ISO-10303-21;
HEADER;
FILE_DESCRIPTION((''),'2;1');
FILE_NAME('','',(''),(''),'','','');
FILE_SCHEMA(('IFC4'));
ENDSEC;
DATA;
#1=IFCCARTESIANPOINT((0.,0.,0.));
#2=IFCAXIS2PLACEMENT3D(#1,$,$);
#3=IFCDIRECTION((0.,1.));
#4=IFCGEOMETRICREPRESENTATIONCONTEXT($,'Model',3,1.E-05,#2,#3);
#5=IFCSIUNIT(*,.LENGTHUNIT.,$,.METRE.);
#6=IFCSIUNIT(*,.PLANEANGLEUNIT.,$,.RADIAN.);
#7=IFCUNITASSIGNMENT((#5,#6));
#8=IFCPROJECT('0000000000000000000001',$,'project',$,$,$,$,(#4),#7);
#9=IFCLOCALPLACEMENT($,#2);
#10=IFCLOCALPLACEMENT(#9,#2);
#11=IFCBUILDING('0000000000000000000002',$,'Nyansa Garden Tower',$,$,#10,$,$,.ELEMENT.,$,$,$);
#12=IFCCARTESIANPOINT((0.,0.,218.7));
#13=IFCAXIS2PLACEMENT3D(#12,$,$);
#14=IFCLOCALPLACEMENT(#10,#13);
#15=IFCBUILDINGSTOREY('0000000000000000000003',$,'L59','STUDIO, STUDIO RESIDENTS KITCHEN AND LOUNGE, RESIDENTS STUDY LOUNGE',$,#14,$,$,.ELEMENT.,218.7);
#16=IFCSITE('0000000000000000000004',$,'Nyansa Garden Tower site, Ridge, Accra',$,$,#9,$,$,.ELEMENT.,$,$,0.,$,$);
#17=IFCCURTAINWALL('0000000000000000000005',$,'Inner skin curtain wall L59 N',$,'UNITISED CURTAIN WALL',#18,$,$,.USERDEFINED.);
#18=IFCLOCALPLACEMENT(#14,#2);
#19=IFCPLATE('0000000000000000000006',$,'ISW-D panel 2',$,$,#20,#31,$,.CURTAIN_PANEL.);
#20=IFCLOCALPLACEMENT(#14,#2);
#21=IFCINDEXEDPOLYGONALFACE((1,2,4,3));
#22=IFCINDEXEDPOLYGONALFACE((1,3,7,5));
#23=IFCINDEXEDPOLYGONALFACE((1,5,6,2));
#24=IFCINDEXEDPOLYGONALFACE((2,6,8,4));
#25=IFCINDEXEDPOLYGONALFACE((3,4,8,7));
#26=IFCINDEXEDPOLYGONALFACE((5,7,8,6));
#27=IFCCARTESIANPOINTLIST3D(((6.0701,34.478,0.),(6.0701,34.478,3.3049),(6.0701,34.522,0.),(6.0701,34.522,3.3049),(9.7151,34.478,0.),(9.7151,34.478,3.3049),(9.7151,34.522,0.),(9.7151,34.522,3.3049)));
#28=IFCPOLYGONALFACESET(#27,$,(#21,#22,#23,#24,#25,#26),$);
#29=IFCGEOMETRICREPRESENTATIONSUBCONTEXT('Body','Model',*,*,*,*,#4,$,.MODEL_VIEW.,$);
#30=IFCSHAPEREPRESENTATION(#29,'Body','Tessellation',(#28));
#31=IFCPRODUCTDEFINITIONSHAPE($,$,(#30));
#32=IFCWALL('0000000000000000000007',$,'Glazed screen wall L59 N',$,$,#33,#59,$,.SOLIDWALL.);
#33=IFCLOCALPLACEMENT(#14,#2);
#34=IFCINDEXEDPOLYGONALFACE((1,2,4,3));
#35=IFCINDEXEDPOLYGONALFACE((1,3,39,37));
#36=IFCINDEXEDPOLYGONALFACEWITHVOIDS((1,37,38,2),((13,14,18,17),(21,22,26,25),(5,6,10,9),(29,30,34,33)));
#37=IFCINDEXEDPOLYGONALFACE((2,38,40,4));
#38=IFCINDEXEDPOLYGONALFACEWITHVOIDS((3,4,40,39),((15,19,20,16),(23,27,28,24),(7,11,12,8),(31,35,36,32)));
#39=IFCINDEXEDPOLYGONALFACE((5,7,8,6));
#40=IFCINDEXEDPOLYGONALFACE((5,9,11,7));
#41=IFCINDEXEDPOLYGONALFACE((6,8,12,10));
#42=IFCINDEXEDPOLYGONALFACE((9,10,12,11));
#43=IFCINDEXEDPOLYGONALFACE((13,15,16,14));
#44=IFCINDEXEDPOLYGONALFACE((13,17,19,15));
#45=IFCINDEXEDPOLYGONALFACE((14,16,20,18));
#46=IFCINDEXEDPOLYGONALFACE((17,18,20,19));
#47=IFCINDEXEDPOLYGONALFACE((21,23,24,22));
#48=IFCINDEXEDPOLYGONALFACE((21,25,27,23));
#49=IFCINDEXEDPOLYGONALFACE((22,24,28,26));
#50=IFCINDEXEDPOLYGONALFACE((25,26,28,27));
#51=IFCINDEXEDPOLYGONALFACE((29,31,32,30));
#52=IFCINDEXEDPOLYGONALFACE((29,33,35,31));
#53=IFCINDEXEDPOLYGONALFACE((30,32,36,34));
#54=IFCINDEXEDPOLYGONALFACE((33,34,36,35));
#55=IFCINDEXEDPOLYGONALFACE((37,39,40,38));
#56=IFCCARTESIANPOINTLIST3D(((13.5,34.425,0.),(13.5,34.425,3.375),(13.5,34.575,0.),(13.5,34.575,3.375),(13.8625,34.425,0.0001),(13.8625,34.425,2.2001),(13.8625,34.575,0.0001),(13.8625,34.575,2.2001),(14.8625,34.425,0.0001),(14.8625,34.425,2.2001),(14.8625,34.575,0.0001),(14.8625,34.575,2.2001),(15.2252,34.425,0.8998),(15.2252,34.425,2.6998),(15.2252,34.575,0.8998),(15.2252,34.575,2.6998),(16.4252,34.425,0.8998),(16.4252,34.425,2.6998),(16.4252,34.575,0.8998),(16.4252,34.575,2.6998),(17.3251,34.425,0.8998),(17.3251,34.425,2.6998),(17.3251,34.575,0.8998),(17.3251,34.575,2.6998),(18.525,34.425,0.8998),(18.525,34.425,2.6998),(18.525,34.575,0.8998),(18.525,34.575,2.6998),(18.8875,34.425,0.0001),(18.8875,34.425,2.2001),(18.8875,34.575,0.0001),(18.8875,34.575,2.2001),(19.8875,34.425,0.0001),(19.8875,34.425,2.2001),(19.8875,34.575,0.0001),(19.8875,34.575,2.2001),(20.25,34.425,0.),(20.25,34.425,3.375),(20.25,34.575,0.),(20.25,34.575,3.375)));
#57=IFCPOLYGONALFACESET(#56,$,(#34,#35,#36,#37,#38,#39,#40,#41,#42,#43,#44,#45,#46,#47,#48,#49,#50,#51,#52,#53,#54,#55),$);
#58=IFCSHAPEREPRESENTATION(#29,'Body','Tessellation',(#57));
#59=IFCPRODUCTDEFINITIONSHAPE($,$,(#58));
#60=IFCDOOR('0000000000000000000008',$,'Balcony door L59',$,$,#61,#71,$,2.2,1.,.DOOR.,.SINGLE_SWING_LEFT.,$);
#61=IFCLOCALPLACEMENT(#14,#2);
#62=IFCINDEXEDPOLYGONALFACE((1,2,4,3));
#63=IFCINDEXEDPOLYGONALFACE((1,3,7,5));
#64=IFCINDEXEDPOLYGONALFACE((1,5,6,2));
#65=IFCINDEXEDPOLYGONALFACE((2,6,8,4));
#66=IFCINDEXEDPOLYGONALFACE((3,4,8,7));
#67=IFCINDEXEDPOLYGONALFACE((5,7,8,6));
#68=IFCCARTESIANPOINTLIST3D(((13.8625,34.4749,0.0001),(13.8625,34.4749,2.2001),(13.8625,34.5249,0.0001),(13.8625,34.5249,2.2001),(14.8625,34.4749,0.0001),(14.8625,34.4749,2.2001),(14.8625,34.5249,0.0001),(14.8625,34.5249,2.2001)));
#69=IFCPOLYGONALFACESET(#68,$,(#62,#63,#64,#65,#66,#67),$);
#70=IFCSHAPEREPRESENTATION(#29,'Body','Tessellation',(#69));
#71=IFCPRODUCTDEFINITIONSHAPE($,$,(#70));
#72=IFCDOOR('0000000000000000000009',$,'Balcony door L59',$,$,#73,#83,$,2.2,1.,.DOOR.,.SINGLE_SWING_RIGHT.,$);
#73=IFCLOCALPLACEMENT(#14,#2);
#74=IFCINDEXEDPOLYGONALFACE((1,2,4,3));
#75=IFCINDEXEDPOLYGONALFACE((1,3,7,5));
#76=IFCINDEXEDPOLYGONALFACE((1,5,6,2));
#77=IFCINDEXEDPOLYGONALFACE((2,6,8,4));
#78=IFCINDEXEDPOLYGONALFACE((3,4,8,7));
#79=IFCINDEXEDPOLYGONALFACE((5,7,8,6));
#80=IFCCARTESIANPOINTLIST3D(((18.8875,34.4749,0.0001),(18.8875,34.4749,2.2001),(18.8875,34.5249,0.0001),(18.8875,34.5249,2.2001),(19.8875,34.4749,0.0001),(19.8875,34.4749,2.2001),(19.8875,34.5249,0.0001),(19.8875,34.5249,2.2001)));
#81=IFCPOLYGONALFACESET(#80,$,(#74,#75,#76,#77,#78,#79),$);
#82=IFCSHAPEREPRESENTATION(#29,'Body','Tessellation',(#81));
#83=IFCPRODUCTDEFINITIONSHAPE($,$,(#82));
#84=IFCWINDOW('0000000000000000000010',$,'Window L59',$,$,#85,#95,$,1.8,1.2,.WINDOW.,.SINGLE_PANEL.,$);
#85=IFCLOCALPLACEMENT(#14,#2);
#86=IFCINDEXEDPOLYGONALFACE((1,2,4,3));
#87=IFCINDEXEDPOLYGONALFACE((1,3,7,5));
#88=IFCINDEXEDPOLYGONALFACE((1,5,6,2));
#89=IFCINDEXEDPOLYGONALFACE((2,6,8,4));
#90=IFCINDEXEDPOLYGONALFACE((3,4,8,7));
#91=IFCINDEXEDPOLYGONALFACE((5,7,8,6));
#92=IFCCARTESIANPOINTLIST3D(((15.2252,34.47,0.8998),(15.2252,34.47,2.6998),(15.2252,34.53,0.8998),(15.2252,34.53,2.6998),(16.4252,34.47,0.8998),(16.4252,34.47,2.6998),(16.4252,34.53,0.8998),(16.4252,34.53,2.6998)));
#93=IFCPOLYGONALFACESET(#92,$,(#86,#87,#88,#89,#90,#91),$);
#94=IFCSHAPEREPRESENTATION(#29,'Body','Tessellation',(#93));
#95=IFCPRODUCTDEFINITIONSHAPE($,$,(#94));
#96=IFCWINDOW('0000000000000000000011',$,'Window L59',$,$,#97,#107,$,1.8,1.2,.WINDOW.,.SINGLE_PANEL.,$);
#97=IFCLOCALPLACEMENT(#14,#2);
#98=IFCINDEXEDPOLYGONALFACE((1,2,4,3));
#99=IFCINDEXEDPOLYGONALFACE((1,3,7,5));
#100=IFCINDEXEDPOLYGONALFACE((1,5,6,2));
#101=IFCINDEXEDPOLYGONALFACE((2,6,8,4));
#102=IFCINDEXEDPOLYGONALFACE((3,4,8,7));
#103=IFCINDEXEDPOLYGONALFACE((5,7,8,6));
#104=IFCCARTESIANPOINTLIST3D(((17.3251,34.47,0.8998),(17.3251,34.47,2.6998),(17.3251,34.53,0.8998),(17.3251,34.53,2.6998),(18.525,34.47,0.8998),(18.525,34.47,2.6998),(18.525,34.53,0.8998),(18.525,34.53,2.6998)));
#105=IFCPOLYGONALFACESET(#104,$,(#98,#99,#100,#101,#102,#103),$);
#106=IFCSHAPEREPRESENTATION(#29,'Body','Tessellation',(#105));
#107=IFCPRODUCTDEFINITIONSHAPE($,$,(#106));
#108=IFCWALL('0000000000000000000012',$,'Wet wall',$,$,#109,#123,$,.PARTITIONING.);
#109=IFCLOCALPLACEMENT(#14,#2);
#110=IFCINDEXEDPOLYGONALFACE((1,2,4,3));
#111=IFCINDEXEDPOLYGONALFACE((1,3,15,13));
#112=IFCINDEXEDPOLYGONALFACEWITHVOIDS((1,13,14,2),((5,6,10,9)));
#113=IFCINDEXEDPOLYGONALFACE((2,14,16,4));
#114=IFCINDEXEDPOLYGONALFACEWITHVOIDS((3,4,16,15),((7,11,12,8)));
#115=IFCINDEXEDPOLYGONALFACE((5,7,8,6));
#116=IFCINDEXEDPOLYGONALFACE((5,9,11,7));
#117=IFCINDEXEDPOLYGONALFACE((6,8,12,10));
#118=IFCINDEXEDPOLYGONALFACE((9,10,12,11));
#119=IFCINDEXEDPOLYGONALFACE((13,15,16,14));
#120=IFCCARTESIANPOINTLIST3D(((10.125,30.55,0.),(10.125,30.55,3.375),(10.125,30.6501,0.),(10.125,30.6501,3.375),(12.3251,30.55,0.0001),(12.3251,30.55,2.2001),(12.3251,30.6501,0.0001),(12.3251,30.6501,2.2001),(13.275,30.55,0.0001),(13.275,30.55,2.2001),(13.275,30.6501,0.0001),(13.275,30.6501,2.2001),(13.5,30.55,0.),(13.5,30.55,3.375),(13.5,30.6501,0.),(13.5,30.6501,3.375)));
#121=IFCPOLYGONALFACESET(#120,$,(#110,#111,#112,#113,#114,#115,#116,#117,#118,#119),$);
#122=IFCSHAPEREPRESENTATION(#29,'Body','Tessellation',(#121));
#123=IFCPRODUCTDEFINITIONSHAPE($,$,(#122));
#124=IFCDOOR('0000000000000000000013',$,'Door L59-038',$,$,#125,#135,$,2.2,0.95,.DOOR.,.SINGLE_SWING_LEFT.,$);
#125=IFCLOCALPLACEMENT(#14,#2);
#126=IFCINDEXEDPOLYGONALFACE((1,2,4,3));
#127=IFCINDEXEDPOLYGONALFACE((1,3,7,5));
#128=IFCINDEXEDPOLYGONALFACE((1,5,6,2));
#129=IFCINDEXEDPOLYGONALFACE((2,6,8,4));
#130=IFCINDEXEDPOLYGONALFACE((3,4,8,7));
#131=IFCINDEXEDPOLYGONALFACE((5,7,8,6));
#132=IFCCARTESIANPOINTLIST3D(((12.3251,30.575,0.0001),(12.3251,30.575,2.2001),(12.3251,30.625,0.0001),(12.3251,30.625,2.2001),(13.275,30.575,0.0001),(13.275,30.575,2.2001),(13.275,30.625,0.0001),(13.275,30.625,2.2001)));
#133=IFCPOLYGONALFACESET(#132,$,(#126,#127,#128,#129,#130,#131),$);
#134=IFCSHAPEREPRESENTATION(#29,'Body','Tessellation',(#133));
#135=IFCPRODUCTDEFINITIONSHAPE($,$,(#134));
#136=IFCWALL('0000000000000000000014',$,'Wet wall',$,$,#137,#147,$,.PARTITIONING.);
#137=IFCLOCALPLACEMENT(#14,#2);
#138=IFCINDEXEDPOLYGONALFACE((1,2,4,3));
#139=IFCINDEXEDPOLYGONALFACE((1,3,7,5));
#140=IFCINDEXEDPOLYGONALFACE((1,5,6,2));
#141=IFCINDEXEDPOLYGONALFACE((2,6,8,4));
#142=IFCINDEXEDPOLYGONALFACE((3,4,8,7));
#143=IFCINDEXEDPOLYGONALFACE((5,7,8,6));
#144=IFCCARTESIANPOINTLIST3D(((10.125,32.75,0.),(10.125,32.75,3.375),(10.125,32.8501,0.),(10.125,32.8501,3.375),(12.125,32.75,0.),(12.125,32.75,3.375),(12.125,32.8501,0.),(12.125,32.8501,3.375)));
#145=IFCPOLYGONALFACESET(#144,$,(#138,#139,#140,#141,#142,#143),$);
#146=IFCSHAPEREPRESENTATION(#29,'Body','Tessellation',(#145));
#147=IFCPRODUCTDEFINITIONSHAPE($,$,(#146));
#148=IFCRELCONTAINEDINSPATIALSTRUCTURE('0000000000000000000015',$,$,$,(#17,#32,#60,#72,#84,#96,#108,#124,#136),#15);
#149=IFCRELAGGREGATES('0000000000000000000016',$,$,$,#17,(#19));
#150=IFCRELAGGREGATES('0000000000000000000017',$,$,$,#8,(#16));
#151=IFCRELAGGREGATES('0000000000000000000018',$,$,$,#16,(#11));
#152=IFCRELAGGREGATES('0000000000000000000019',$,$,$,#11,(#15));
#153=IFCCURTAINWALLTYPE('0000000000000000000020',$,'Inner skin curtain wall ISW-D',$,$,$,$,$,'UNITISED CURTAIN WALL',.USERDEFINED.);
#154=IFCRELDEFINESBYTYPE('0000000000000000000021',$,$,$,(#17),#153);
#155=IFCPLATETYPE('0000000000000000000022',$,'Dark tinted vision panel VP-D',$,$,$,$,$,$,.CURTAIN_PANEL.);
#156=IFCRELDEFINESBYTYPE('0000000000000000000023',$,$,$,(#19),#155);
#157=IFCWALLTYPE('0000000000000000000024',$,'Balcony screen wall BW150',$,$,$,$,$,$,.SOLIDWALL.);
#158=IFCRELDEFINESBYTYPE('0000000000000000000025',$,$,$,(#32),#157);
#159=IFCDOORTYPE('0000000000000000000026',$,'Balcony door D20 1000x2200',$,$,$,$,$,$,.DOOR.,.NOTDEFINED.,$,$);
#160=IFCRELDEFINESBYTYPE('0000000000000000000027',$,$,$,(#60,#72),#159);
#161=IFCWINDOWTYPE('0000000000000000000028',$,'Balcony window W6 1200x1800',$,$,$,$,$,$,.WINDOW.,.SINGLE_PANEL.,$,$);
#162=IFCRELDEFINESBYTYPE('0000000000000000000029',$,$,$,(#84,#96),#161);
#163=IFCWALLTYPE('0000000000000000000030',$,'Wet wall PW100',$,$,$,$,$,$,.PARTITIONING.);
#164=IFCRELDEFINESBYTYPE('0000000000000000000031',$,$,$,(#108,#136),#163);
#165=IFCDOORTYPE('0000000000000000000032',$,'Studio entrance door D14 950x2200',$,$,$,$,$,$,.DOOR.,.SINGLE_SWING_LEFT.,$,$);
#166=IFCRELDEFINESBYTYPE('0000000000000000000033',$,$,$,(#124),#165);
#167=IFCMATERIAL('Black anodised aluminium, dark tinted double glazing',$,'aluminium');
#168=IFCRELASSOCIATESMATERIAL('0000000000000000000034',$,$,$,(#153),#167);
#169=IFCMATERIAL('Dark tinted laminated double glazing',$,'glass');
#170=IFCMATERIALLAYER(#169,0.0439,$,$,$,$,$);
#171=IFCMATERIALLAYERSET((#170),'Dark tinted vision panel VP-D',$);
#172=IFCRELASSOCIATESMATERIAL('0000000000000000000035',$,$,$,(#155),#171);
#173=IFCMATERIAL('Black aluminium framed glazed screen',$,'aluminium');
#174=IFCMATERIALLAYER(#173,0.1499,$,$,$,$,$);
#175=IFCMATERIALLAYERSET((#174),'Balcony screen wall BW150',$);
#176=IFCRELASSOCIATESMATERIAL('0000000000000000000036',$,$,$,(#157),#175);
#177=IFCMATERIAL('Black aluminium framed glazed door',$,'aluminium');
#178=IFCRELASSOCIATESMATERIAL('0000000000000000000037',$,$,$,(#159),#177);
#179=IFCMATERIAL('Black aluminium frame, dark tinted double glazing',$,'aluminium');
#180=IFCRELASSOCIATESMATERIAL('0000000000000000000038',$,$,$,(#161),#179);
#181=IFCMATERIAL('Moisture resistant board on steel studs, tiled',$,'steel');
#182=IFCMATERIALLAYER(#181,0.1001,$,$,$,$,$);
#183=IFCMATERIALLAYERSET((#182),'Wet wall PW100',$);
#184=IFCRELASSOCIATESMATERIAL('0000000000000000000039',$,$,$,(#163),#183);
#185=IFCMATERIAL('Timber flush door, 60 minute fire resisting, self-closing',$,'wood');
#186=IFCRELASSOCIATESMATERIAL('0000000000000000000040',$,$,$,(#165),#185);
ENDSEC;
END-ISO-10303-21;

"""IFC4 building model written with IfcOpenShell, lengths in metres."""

from ifc_helpers import new_model, si_unit, direction, frame, frame_2d, origin, origin_2d, place, context, subcontext, project, spatial, rectangle, extrude, material, layer, layer_set, type_object, element, fill, aggregate, save


model = new_model("IFC4")

# Units and contexts
model_context = context("Model", 3, precision=1e-05, world=origin(), true_north=direction((0.0, 1.0)))
body_context = subcontext(model_context, "Body", "Model", "MODEL_VIEW")
ifc_project = project(units=[si_unit("LENGTHUNIT", "METRE"), si_unit("PLANEANGLEUNIT", "RADIAN")], contexts=[model_context])

# Site, building, storey
site_placement = place(None, origin())
site = spatial("IfcSite", under=ifc_project, at=site_placement, Name="Nyansa Garden Tower site, Ridge, Accra", CompositionType="ELEMENT", RefElevation=0.0)
building_placement = place(site_placement, origin())
building = spatial("IfcBuilding", under=site, at=building_placement, Name="Nyansa Garden Tower", CompositionType="ELEMENT")
storey_placement = place(building_placement, frame((0.0, 0.0, 218.7)))
storey = spatial("IfcBuildingStorey", under=building, at=storey_placement, Name="L59", Description="STUDIO, STUDIO RESIDENTS KITCHEN AND LOUNGE, RESIDENTS STUDY LOUNGE", CompositionType="ELEMENT", Elevation=218.7)

# Curtain wall
ifc_material_1 = material(Name="Black anodised aluminium, dark tinted double glazing", Category="aluminium")
curtain_wall_type = type_object("IfcCurtainWallType", Name="Inner skin curtain wall ISW-D", ElementType="UNITISED CURTAIN WALL", PredefinedType="USERDEFINED", material=ifc_material_1)
curtain_wall_placement = place(storey_placement, origin())
curtain_wall = element("IfcCurtainWall", 1, at=curtain_wall_placement, inside=storey, type_object=curtain_wall_type, Name="Inner skin curtain wall L59 N", ObjectType="UNITISED CURTAIN WALL", PredefinedType="USERDEFINED")

# Plate
ifc_material_2 = material(Name="Dark tinted laminated double glazing", Category="glass")
ifc_layer_1 = layer(ifc_material_2, 0.0439)
ifc_layer_set_1 = layer_set([ifc_layer_1], Name="Dark tinted vision panel VP-D")
plate_type = type_object("IfcPlateType", Name="Dark tinted vision panel VP-D", PredefinedType="CURTAIN_PANEL", material=ifc_layer_set_1)
plate_1_placement = place(storey_placement, frame((7.8926, 34.5, 0.0), z_axis=(0.0, 0.0, 1.0), x_axis=(-1.0, 0.0, 0.0)))
plate_1 = element("IfcPlate", 2, at=plate_1_placement, type_object=plate_type, Name="ISW-D panel 2", PredefinedType="CURTAIN_PANEL", context=body_context, shape_type="SweptSolid", body=[
    extrude(rectangle(XDim=3.645, YDim=0.0439, at=origin_2d()), origin(), (0.0, 0.0, 1.0), 3.3049),
])
aggregate(curtain_wall, [plate_1])

# Wall, openings, doors, windows
ifc_material_3 = material(Name="Black aluminium framed glazed screen", Category="aluminium")
ifc_layer_2 = layer(ifc_material_3, 0.1499)
ifc_layer_set_2 = layer_set([ifc_layer_2], Name="Balcony screen wall BW150")
wall_type_1 = type_object("IfcWallType", Name="Balcony screen wall BW150", PredefinedType="SOLIDWALL", material=ifc_layer_set_2)
wall_1_placement = place(storey_placement, frame((13.5, 34.5, 0.0), z_axis=(0.0, 0.0, 1.0), x_axis=(1.0, 0.0, 0.0)))
wall_1 = element("IfcWall", 3, at=wall_1_placement, inside=storey, type_object=wall_type_1, Name="Glazed screen wall L59 N", PredefinedType="SOLIDWALL", context=body_context, shape_type="SweptSolid", body=[
    extrude(rectangle(XDim=6.75, YDim=0.1499, at=frame_2d((3.375, 0.0))), origin(), (0.0, 0.0, 1.0), 3.375),
])
opening_1_placement = place(wall_1_placement, frame((0.3625, 0.0, 0.0)))
opening_1 = element("IfcOpeningElement", 4, at=opening_1_placement, cuts=wall_1, PredefinedType="OPENING", context=body_context, shape_type="SweptSolid", body=[
    extrude(rectangle(XDim=1.0, YDim=2.2, at=frame_2d((0.5, 1.1001))), frame((0.0, 0.085, 0.0), z_axis=(0.0, -1.0, 0.0), x_axis=(1.0, 0.0, 0.0)), (0.0, 0.0, 1.0), 0.1699),
])
opening_2_placement = place(wall_1_placement, frame((1.7251, 0.0, 0.8999)))
opening_2 = element("IfcOpeningElement", 5, at=opening_2_placement, cuts=wall_1, PredefinedType="OPENING", context=body_context, shape_type="SweptSolid", body=[
    extrude(rectangle(XDim=1.2, YDim=1.8, at=frame_2d((0.6001, 0.8999))), frame((0.0, 0.085, 0.0), z_axis=(0.0, -1.0, 0.0), x_axis=(1.0, 0.0, 0.0)), (0.0, 0.0, 1.0), 0.1699),
])
opening_3_placement = place(wall_1_placement, frame((5.3875, 0.0, 0.0)))
opening_3 = element("IfcOpeningElement", 6, at=opening_3_placement, cuts=wall_1, PredefinedType="OPENING", context=body_context, shape_type="SweptSolid", body=[
    extrude(rectangle(XDim=1.0, YDim=2.2, at=frame_2d((0.5, 1.1001))), frame((0.0, 0.085, 0.0), z_axis=(0.0, -1.0, 0.0), x_axis=(1.0, 0.0, 0.0)), (0.0, 0.0, 1.0), 0.1699),
])
opening_4_placement = place(wall_1_placement, frame((3.825, 0.0, 0.8999)))
opening_4 = element("IfcOpeningElement", 7, at=opening_4_placement, cuts=wall_1, PredefinedType="OPENING", context=body_context, shape_type="SweptSolid", body=[
    extrude(rectangle(XDim=1.2, YDim=1.8, at=frame_2d((0.6001, 0.8999))), frame((0.0, 0.085, 0.0), z_axis=(0.0, -1.0, 0.0), x_axis=(1.0, 0.0, 0.0)), (0.0, 0.0, 1.0), 0.1699),
])
ifc_material_4 = material(Name="Black aluminium framed glazed door", Category="aluminium")
door_type_1 = type_object("IfcDoorType", Name="Balcony door D20 1000x2200", OperationType="NOTDEFINED", PredefinedType="DOOR", material=ifc_material_4)
door_1_placement = place(opening_1_placement, origin())
door_1 = element("IfcDoor", 8, at=door_1_placement, inside=storey, type_object=door_type_1, Name="Balcony door L59", OperationType="SINGLE_SWING_LEFT", OverallHeight=2.2, OverallWidth=1.0, PredefinedType="DOOR", context=body_context, shape_type="SweptSolid", body=[
    extrude(rectangle(XDim=1.0, YDim=2.2, at=frame_2d((0.5, 1.1001))), frame((0.0, 0.0249, 0.0), z_axis=(0.0, -1.0, 0.0), x_axis=(1.0, 0.0, 0.0)), (0.0, 0.0, 1.0), 0.05),
])
fill(opening_1, door_1)
door_2_placement = place(opening_3_placement, origin())
door_2 = element("IfcDoor", 9, at=door_2_placement, inside=storey, type_object=door_type_1, Name="Balcony door L59", OperationType="SINGLE_SWING_RIGHT", OverallHeight=2.2, OverallWidth=1.0, PredefinedType="DOOR", context=body_context, shape_type="SweptSolid", body=[
    extrude(rectangle(XDim=1.0, YDim=2.2, at=frame_2d((0.5, 1.1001))), frame((0.0, 0.0249, 0.0), z_axis=(0.0, -1.0, 0.0), x_axis=(1.0, 0.0, 0.0)), (0.0, 0.0, 1.0), 0.05),
])
fill(opening_3, door_2)
ifc_material_5 = material(Name="Black aluminium frame, dark tinted double glazing", Category="aluminium")
window_type = type_object("IfcWindowType", Name="Balcony window W6 1200x1800", PartitioningType="SINGLE_PANEL", PredefinedType="WINDOW", material=ifc_material_5)
window_1_placement = place(opening_2_placement, origin())
window_1 = element("IfcWindow", 10, at=window_1_placement, inside=storey, type_object=window_type, Name="Window L59", OverallHeight=1.8, OverallWidth=1.2, PartitioningType="SINGLE_PANEL", PredefinedType="WINDOW", context=body_context, shape_type="SweptSolid", body=[
    extrude(rectangle(XDim=1.2, YDim=1.8, at=frame_2d((0.6001, 0.8999))), frame((0.0, 0.03, 0.0), z_axis=(0.0, -1.0, 0.0), x_axis=(1.0, 0.0, 0.0)), (0.0, 0.0, 1.0), 0.0601),
])
fill(opening_2, window_1)
window_2_placement = place(opening_4_placement, origin())
window_2 = element("IfcWindow", 11, at=window_2_placement, inside=storey, type_object=window_type, Name="Window L59", OverallHeight=1.8, OverallWidth=1.2, PartitioningType="SINGLE_PANEL", PredefinedType="WINDOW", context=body_context, shape_type="SweptSolid", body=[
    extrude(rectangle(XDim=1.2, YDim=1.8, at=frame_2d((0.6001, 0.8999))), frame((0.0, 0.03, 0.0), z_axis=(0.0, -1.0, 0.0), x_axis=(1.0, 0.0, 0.0)), (0.0, 0.0, 1.0), 0.0601),
])
fill(opening_4, window_2)

# Wall, opening, door
ifc_material_6 = material(Name="Moisture resistant board on steel studs, tiled", Category="steel")
ifc_layer_3 = layer(ifc_material_6, 0.1001)
ifc_layer_set_3 = layer_set([ifc_layer_3], Name="Wet wall PW100")
wall_type_2 = type_object("IfcWallType", Name="Wet wall PW100", PredefinedType="PARTITIONING", material=ifc_layer_set_3)
wall_2_placement = place(storey_placement, frame((10.125, 30.6001, 0.0), z_axis=(0.0, 0.0, 1.0), x_axis=(1.0, 0.0, 0.0)))
wall_2 = element("IfcWall", 12, at=wall_2_placement, inside=storey, type_object=wall_type_2, Name="Wet wall", PredefinedType="PARTITIONING", context=body_context, shape_type="SweptSolid", body=[
    extrude(rectangle(XDim=3.375, YDim=0.1001, at=frame_2d((1.6875, 0.0))), origin(), (0.0, 0.0, 1.0), 3.375),
])
opening_5_placement = place(wall_2_placement, frame((2.2, 0.0, 0.0)))
opening_5 = element("IfcOpeningElement", 13, at=opening_5_placement, cuts=wall_2, PredefinedType="OPENING", context=body_context, shape_type="SweptSolid", body=[
    extrude(rectangle(XDim=0.95, YDim=2.2, at=frame_2d((0.4751, 1.1001))), frame((0.0, 0.0601, 0.0), z_axis=(0.0, -1.0, 0.0), x_axis=(1.0, 0.0, 0.0)), (0.0, 0.0, 1.0), 0.1201),
])
ifc_material_7 = material(Name="Timber flush door, 60 minute fire resisting, self-closing", Category="wood")
door_type_2 = type_object("IfcDoorType", Name="Studio entrance door D14 950x2200", OperationType="SINGLE_SWING_LEFT", PredefinedType="DOOR", material=ifc_material_7)
door_3_placement = place(opening_5_placement, origin())
door_3 = element("IfcDoor", 14, at=door_3_placement, inside=storey, type_object=door_type_2, Name="Door L59-038", OperationType="SINGLE_SWING_LEFT", OverallHeight=2.2, OverallWidth=0.95, PredefinedType="DOOR", context=body_context, shape_type="SweptSolid", body=[
    extrude(rectangle(XDim=0.95, YDim=2.2, at=frame_2d((0.4751, 1.1001))), frame((0.0, 0.0249, 0.0), z_axis=(0.0, -1.0, 0.0), x_axis=(1.0, 0.0, 0.0)), (0.0, 0.0, 1.0), 0.05),
])
fill(opening_5, door_3)

# Wall
wall_3_placement = place(storey_placement, frame((10.125, 32.8, 0.0), z_axis=(0.0, 0.0, 1.0), x_axis=(1.0, 0.0, 0.0)))
element("IfcWall", 15, at=wall_3_placement, inside=storey, type_object=wall_type_2, Name="Wet wall", PredefinedType="PARTITIONING", context=body_context, shape_type="SweptSolid", body=[
    extrude(rectangle(XDim=2.0, YDim=0.1001, at=frame_2d((1.0, 0.0))), origin(), (0.0, 0.0, 1.0), 3.375),
])

save(model, "model.ifc")
